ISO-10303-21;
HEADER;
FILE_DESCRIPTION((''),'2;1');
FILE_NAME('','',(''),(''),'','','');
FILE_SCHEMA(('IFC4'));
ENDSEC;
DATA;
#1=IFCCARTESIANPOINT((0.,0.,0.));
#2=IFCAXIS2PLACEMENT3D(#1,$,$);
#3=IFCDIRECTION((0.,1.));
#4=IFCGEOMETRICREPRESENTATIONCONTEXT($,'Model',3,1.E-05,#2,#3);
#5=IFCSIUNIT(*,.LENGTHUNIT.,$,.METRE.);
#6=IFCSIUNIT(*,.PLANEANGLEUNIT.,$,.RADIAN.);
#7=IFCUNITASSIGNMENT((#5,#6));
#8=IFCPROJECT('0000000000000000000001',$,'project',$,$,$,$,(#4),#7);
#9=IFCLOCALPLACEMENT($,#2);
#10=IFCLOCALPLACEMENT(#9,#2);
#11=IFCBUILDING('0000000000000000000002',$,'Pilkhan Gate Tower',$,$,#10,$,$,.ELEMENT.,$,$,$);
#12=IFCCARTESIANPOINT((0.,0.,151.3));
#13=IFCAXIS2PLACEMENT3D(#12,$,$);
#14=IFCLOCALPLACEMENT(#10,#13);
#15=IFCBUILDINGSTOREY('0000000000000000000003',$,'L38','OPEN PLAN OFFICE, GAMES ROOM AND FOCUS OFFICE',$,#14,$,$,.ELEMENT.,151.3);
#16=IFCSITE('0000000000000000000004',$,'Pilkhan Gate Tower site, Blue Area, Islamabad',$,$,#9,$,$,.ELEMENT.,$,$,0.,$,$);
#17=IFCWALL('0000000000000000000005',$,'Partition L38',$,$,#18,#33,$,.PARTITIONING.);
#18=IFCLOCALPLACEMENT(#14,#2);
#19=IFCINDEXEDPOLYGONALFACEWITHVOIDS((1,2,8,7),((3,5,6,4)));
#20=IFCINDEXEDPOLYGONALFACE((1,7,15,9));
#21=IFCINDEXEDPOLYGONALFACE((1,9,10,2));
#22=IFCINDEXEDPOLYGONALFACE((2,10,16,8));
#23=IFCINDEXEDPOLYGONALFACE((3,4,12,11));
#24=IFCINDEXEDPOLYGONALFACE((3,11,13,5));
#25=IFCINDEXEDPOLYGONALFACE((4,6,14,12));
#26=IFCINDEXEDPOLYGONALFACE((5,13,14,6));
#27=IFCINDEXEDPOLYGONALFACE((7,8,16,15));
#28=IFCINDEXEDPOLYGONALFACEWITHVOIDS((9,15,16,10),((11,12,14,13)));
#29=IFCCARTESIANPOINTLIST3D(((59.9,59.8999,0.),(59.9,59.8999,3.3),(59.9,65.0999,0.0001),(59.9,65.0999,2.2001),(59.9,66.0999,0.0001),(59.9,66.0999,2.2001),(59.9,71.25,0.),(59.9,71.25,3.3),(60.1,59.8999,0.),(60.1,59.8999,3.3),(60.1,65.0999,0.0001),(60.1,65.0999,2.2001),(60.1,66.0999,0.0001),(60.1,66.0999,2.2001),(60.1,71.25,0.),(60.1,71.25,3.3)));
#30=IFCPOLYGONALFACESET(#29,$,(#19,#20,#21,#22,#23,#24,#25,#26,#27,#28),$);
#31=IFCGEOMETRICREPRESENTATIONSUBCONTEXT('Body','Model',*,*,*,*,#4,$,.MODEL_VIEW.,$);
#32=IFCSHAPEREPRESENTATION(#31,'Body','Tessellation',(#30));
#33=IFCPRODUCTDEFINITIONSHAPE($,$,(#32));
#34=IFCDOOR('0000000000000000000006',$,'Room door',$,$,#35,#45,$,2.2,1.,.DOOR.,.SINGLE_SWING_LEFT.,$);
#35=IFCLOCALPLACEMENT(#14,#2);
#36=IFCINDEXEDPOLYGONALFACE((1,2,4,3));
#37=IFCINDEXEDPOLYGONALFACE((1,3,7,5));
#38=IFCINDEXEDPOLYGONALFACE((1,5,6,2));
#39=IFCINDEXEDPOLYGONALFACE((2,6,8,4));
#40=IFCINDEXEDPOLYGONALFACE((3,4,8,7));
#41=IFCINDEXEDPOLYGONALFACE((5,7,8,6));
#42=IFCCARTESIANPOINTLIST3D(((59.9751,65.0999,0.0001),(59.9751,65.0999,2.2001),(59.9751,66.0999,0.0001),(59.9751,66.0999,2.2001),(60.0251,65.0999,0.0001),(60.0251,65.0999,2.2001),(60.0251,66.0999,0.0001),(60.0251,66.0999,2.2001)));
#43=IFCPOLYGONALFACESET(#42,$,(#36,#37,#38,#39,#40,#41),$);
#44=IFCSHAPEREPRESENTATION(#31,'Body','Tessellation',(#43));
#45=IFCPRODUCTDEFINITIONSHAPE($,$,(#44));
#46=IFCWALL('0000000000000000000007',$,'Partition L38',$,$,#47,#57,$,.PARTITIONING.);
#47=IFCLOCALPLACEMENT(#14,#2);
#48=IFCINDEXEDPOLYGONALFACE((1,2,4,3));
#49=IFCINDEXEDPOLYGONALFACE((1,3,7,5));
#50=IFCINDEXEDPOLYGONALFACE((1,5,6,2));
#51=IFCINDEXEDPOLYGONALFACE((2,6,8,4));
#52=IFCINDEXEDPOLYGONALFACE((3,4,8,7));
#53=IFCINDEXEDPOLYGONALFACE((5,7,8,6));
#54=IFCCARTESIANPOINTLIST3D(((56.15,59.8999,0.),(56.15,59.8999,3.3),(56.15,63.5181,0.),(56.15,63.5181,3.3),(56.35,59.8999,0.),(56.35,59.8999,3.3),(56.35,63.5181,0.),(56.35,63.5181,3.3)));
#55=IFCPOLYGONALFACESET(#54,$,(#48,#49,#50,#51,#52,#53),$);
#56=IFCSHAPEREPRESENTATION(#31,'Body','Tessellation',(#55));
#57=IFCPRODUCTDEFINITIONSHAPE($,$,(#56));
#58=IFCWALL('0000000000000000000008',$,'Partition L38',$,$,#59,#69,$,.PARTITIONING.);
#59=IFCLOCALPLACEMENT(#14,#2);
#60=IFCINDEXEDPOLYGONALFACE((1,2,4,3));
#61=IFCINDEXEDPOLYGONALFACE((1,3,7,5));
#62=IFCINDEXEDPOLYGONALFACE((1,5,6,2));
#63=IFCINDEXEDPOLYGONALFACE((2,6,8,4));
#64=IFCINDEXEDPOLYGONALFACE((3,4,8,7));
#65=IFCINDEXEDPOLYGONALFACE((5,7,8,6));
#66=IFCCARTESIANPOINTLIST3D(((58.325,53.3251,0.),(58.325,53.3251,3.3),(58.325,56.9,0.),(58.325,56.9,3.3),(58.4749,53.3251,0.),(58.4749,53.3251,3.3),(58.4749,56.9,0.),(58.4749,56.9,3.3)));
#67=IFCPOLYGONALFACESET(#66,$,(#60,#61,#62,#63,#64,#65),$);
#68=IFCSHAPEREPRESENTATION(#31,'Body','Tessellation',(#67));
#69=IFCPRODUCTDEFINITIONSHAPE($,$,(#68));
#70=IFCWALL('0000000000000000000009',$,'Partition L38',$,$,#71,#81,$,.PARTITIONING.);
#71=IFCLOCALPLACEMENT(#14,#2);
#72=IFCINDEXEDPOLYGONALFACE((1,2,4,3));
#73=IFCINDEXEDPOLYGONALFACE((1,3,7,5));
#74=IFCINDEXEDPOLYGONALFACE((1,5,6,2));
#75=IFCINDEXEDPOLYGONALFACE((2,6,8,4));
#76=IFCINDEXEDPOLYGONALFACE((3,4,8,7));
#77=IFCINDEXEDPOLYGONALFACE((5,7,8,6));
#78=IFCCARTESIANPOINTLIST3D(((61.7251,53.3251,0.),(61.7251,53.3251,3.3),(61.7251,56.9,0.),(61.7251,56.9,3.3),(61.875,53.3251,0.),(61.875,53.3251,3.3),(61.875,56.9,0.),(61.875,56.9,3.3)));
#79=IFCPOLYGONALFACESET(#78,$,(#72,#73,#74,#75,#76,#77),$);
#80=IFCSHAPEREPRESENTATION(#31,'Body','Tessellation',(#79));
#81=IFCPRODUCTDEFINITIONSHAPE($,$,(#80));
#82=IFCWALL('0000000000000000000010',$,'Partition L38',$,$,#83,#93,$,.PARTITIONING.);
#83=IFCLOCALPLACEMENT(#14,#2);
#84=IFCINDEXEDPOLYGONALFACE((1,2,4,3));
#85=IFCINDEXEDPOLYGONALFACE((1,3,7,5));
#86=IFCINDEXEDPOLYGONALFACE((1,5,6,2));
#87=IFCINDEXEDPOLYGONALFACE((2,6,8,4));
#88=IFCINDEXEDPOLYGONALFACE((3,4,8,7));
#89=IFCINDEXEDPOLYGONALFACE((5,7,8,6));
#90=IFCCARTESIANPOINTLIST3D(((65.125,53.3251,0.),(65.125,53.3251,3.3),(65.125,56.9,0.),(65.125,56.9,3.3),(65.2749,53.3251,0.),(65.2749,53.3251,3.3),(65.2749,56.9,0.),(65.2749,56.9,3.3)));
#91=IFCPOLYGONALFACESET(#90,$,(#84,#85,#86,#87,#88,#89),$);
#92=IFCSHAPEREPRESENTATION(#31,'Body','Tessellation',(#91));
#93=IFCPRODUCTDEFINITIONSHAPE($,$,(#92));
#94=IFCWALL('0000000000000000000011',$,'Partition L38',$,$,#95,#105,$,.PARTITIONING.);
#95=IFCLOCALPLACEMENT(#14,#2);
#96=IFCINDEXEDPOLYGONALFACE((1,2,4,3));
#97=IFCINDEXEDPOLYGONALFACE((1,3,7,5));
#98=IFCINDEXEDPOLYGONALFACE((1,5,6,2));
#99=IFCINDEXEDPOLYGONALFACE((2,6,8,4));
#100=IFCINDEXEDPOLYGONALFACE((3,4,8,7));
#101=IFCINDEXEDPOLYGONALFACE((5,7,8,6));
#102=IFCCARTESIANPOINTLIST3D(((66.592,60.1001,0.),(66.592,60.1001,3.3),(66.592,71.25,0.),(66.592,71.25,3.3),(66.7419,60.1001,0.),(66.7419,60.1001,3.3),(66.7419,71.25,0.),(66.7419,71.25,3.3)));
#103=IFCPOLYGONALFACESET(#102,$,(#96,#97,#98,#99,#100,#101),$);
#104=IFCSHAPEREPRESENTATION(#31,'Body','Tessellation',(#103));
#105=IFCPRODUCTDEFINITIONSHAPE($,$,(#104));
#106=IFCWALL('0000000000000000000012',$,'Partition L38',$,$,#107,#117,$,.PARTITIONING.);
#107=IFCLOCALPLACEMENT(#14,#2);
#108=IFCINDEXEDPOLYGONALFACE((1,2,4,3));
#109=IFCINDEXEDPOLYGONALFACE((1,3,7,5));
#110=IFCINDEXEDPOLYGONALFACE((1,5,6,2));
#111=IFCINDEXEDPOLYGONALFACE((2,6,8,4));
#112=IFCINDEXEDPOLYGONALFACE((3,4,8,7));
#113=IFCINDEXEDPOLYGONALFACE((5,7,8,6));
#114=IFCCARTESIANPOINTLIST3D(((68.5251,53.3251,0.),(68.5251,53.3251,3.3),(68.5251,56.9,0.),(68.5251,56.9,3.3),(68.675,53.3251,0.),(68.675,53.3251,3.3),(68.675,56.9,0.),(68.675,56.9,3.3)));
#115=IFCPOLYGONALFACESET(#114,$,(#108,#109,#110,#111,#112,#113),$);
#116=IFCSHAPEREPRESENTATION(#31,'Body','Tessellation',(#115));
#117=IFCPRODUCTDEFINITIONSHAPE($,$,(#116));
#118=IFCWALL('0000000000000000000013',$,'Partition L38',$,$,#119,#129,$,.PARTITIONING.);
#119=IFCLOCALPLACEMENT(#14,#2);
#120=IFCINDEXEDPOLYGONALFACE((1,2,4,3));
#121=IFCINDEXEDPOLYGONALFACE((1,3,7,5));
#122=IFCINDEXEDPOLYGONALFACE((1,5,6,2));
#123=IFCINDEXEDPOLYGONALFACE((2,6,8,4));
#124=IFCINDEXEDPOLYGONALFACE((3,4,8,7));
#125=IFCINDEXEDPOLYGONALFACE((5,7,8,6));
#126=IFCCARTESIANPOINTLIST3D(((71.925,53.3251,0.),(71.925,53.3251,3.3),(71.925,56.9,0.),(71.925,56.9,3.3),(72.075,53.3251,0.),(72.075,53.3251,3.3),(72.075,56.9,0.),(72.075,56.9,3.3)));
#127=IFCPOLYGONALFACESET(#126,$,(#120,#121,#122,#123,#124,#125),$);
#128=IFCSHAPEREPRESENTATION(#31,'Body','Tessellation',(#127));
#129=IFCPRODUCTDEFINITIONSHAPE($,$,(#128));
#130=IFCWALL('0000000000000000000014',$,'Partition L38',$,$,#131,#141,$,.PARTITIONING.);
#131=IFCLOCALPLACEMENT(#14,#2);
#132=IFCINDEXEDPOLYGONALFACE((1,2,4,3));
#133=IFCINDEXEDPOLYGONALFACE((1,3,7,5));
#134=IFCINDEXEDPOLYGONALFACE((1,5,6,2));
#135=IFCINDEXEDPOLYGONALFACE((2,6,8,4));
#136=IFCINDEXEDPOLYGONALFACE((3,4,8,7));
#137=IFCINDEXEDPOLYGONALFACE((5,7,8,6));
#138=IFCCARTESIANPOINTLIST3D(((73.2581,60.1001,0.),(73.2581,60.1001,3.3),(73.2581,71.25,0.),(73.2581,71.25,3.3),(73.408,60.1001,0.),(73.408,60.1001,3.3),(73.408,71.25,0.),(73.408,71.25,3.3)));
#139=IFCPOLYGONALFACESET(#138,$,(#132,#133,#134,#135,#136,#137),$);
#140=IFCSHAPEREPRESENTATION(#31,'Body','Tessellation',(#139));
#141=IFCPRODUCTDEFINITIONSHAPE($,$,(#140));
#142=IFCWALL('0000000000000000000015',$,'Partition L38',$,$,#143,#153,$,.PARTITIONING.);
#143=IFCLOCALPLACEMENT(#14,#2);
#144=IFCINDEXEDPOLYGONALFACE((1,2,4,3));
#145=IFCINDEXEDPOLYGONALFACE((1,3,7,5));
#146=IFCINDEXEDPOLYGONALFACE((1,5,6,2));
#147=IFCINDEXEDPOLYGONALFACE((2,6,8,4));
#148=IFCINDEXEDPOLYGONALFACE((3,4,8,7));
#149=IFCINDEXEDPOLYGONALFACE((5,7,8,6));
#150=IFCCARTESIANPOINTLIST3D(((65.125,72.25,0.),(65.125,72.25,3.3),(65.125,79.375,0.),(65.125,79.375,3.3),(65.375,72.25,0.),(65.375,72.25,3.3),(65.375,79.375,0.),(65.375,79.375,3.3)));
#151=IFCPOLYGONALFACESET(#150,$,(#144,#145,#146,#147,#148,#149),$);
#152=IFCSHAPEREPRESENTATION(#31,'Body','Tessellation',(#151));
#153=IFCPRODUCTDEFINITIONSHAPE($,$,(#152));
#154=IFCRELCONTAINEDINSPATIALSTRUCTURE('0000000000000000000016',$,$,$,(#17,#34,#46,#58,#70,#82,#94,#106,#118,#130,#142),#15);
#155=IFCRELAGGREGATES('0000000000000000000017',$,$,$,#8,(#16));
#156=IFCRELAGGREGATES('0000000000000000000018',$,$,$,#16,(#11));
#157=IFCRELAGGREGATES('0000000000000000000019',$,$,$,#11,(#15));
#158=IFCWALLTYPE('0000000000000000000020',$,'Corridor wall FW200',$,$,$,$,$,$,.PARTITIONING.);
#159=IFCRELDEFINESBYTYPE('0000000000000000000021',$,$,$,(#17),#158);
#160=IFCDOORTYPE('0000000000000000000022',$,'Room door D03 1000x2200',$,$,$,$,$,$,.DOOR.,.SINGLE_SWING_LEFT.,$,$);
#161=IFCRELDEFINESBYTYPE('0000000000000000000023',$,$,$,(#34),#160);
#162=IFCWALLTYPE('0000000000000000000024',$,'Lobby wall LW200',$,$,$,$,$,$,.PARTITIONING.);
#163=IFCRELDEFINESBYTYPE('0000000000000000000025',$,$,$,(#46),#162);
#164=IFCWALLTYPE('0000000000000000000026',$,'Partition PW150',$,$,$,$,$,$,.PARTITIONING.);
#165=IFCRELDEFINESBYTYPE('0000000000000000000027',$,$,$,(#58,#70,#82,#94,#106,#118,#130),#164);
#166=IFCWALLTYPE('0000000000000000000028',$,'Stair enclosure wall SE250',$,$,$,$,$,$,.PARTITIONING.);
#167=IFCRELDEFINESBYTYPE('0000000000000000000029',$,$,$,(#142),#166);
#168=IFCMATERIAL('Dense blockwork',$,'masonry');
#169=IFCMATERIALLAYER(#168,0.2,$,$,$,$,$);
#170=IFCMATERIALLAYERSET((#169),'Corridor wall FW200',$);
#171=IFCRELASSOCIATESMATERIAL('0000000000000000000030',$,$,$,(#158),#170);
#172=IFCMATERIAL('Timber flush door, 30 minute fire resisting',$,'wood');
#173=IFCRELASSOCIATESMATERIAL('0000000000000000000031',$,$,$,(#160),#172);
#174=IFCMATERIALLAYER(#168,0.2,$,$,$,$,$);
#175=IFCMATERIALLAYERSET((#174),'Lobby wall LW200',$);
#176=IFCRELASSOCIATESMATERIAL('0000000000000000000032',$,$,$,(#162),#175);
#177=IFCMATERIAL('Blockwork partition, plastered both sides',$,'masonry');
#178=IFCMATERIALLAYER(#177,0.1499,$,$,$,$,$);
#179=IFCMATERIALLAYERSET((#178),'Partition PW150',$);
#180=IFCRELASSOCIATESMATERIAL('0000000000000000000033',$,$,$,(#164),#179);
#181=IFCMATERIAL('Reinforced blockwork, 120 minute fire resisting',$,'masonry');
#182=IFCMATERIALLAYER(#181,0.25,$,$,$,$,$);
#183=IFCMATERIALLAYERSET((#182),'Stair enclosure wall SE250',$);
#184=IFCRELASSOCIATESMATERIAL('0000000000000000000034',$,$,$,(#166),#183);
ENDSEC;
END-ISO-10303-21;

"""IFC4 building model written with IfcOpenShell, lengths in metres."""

from ifc_helpers import new_model, si_unit, direction, frame, frame_2d, origin, place, context, subcontext, project, spatial, rectangle, extrude, material, layer, layer_set, type_object, element, fill, save


model = new_model("IFC4")

# Units and contexts
model_context = context("Model", 3, precision=1e-05, world=origin(), true_north=direction((0.0, 1.0)))
body_context = subcontext(model_context, "Body", "Model", "MODEL_VIEW")
ifc_project = project(units=[si_unit("LENGTHUNIT", "METRE"), si_unit("PLANEANGLEUNIT", "RADIAN")], contexts=[model_context])

# Site, building, storey
site_placement = place(None, origin())
site = spatial("IfcSite", under=ifc_project, at=site_placement, Name="Pilkhan Gate Tower site, Blue Area, Islamabad", CompositionType="ELEMENT", RefElevation=0.0)
building_placement = place(site_placement, origin())
building = spatial("IfcBuilding", under=site, at=building_placement, Name="Pilkhan Gate Tower", CompositionType="ELEMENT")
storey_placement = place(building_placement, frame((0.0, 0.0, 151.3)))
storey = spatial("IfcBuildingStorey", under=building, at=storey_placement, Name="L38", Description="OPEN PLAN OFFICE, GAMES ROOM AND FOCUS OFFICE", CompositionType="ELEMENT", Elevation=151.3)

# Shared definitions
ifc_material_1 = material(Name="Dense blockwork", Category="masonry")
ifc_layer_1 = layer(ifc_material_1, 0.2)
ifc_layer_set_1 = layer_set([ifc_layer_1], Name="Corridor wall FW200")
wall_type_1 = type_object("IfcWallType", Name="Corridor wall FW200", PredefinedType="PARTITIONING", material=ifc_layer_set_1)
ifc_material_2 = material(Name="Timber flush door, 30 minute fire resisting", Category="wood")
door_type_1 = type_object("IfcDoorType", Name="Room door D03 1000x2200", OperationType="SINGLE_SWING_LEFT", PredefinedType="DOOR", material=ifc_material_2)

# Wall, opening, door
wall_1_placement = place(storey_placement, frame((60.0, 59.8999, 0.0), z_axis=(0.0, 0.0, 1.0), x_axis=(0.0, 1.0, 0.0)))
wall_1 = element("IfcWall", 1, at=wall_1_placement, inside=storey, type_object=wall_type_1, Name="Partition L38", PredefinedType="PARTITIONING", context=body_context, shape_type="SweptSolid", body=[
    extrude(rectangle(XDim=11.3501, YDim=0.2, at=frame_2d((5.675, 0.0))), origin(), (0.0, 0.0, 1.0), 3.3),
])
opening_1_placement = place(wall_1_placement, frame((5.2, 0.0, 0.0)))
opening_1 = element("IfcOpeningElement", 2, at=opening_1_placement, cuts=wall_1, PredefinedType="OPENING", context=body_context, shape_type="SweptSolid", body=[
    extrude(rectangle(XDim=1.0, YDim=2.2, at=frame_2d((0.5, 1.1001))), frame((0.0, 0.1099, 0.0), z_axis=(0.0, -1.0, 0.0), x_axis=(1.0, 0.0, 0.0)), (0.0, 0.0, 1.0), 0.22),
])
door_1_placement = place(opening_1_placement, origin())
door_1 = element("IfcDoor", 3, at=door_1_placement, inside=storey, type_object=door_type_1, Name="Room door", OperationType="SINGLE_SWING_LEFT", OverallHeight=2.2, OverallWidth=1.0, PredefinedType="DOOR", context=body_context, shape_type="SweptSolid", body=[
    extrude(rectangle(XDim=1.0, YDim=2.2, at=frame_2d((0.5, 1.1001))), frame((0.0, 0.0249, 0.0), z_axis=(0.0, -1.0, 0.0), x_axis=(1.0, 0.0, 0.0)), (0.0, 0.0, 1.0), 0.05),
])
fill(opening_1, door_1)

# Walls
ifc_layer_2 = layer(ifc_material_1, 0.2)
ifc_layer_set_2 = layer_set([ifc_layer_2], Name="Lobby wall LW200")
wall_type_2 = type_object("IfcWallType", Name="Lobby wall LW200", PredefinedType="PARTITIONING", material=ifc_layer_set_2)
wall_2_placement = place(storey_placement, frame((56.25, 59.8999, 0.0), z_axis=(0.0, 0.0, 1.0), x_axis=(0.0, 1.0, 0.0)))
element("IfcWall", 4, at=wall_2_placement, inside=storey, type_object=wall_type_2, Name="Partition L38", PredefinedType="PARTITIONING", context=body_context, shape_type="SweptSolid", body=[
    extrude(rectangle(XDim=3.6182, YDim=0.2, at=frame_2d((1.8091, 0.0))), origin(), (0.0, 0.0, 1.0), 3.3),
])
ifc_material_3 = material(Name="Blockwork partition, plastered both sides", Category="masonry")
ifc_layer_3 = layer(ifc_material_3, 0.1499)
ifc_layer_set_3 = layer_set([ifc_layer_3], Name="Partition PW150")
wall_type_3 = type_object("IfcWallType", Name="Partition PW150", PredefinedType="PARTITIONING", material=ifc_layer_set_3)
for number, where, z_axis, x_axis, name in (
    (5, (58.3999, 53.325, 0.0), (0.0, 0.0, 1.0), (0.0, 1.0, 0.0), "Partition L38"),
    (6, (61.8, 53.325, 0.0), (0.0, 0.0, 1.0), (0.0, 1.0, 0.0), "Partition L38"),
    (7, (65.2, 53.325, 0.0), (0.0, 0.0, 1.0), (0.0, 1.0, 0.0), "Partition L38"),
):
    element("IfcWall", number, at=place(storey_placement, frame(where, z_axis=z_axis, x_axis=x_axis)), inside=storey, type_object=wall_type_3, Name=name, PredefinedType="PARTITIONING", context=body_context, shape_type="SweptSolid", body=[
        extrude(rectangle(XDim=3.575, YDim=0.1499, at=frame_2d((1.7876, 0.0))), origin(), (0.0, 0.0, 1.0), 3.3),
    ])
wall_3_placement = place(storey_placement, frame((66.667, 60.1001, 0.0), z_axis=(0.0, 0.0, 1.0), x_axis=(0.0, 1.0, 0.0)))
element("IfcWall", 8, at=wall_3_placement, inside=storey, type_object=wall_type_3, Name="Partition L38", PredefinedType="PARTITIONING", context=body_context, shape_type="SweptSolid", body=[
    extrude(rectangle(XDim=11.1499, YDim=0.1499, at=frame_2d((5.575, 0.0))), origin(), (0.0, 0.0, 1.0), 3.3),
])
for number, where, z_axis, x_axis, name in (
    (9, (68.6001, 53.325, 0.0), (0.0, 0.0, 1.0), (0.0, 1.0, 0.0), "Partition L38"),
    (10, (72.0, 53.325, 0.0), (0.0, 0.0, 1.0), (0.0, 1.0, 0.0), "Partition L38"),
):
    element("IfcWall", number, at=place(storey_placement, frame(where, z_axis=z_axis, x_axis=x_axis)), inside=storey, type_object=wall_type_3, Name=name, PredefinedType="PARTITIONING", context=body_context, shape_type="SweptSolid", body=[
        extrude(rectangle(XDim=3.575, YDim=0.1499, at=frame_2d((1.7876, 0.0))), origin(), (0.0, 0.0, 1.0), 3.3),
    ])
wall_4_placement = place(storey_placement, frame((73.333, 60.1001, 0.0), z_axis=(0.0, 0.0, 1.0), x_axis=(0.0, 1.0, 0.0)))
element("IfcWall", 11, at=wall_4_placement, inside=storey, type_object=wall_type_3, Name="Partition L38", PredefinedType="PARTITIONING", context=body_context, shape_type="SweptSolid", body=[
    extrude(rectangle(XDim=11.1499, YDim=0.1499, at=frame_2d((5.575, 0.0))), origin(), (0.0, 0.0, 1.0), 3.3),
])
ifc_material_4 = material(Name="Reinforced blockwork, 120 minute fire resisting", Category="masonry")
ifc_layer_4 = layer(ifc_material_4, 0.25)
ifc_layer_set_4 = layer_set([ifc_layer_4], Name="Stair enclosure wall SE250")
wall_type_4 = type_object("IfcWallType", Name="Stair enclosure wall SE250", PredefinedType="PARTITIONING", material=ifc_layer_set_4)
wall_5_placement = place(storey_placement, frame((65.25, 72.25, 0.0), z_axis=(0.0, 0.0, 1.0), x_axis=(0.0, 1.0, 0.0)))
element("IfcWall", 12, at=wall_5_placement, inside=storey, type_object=wall_type_4, Name="Partition L38", PredefinedType="PARTITIONING", context=body_context, shape_type="SweptSolid", body=[
    extrude(rectangle(XDim=7.125, YDim=0.25, at=frame_2d((3.5625, 0.0))), origin(), (0.0, 0.0, 1.0), 3.3),
])

save(model, "model.ifc")
